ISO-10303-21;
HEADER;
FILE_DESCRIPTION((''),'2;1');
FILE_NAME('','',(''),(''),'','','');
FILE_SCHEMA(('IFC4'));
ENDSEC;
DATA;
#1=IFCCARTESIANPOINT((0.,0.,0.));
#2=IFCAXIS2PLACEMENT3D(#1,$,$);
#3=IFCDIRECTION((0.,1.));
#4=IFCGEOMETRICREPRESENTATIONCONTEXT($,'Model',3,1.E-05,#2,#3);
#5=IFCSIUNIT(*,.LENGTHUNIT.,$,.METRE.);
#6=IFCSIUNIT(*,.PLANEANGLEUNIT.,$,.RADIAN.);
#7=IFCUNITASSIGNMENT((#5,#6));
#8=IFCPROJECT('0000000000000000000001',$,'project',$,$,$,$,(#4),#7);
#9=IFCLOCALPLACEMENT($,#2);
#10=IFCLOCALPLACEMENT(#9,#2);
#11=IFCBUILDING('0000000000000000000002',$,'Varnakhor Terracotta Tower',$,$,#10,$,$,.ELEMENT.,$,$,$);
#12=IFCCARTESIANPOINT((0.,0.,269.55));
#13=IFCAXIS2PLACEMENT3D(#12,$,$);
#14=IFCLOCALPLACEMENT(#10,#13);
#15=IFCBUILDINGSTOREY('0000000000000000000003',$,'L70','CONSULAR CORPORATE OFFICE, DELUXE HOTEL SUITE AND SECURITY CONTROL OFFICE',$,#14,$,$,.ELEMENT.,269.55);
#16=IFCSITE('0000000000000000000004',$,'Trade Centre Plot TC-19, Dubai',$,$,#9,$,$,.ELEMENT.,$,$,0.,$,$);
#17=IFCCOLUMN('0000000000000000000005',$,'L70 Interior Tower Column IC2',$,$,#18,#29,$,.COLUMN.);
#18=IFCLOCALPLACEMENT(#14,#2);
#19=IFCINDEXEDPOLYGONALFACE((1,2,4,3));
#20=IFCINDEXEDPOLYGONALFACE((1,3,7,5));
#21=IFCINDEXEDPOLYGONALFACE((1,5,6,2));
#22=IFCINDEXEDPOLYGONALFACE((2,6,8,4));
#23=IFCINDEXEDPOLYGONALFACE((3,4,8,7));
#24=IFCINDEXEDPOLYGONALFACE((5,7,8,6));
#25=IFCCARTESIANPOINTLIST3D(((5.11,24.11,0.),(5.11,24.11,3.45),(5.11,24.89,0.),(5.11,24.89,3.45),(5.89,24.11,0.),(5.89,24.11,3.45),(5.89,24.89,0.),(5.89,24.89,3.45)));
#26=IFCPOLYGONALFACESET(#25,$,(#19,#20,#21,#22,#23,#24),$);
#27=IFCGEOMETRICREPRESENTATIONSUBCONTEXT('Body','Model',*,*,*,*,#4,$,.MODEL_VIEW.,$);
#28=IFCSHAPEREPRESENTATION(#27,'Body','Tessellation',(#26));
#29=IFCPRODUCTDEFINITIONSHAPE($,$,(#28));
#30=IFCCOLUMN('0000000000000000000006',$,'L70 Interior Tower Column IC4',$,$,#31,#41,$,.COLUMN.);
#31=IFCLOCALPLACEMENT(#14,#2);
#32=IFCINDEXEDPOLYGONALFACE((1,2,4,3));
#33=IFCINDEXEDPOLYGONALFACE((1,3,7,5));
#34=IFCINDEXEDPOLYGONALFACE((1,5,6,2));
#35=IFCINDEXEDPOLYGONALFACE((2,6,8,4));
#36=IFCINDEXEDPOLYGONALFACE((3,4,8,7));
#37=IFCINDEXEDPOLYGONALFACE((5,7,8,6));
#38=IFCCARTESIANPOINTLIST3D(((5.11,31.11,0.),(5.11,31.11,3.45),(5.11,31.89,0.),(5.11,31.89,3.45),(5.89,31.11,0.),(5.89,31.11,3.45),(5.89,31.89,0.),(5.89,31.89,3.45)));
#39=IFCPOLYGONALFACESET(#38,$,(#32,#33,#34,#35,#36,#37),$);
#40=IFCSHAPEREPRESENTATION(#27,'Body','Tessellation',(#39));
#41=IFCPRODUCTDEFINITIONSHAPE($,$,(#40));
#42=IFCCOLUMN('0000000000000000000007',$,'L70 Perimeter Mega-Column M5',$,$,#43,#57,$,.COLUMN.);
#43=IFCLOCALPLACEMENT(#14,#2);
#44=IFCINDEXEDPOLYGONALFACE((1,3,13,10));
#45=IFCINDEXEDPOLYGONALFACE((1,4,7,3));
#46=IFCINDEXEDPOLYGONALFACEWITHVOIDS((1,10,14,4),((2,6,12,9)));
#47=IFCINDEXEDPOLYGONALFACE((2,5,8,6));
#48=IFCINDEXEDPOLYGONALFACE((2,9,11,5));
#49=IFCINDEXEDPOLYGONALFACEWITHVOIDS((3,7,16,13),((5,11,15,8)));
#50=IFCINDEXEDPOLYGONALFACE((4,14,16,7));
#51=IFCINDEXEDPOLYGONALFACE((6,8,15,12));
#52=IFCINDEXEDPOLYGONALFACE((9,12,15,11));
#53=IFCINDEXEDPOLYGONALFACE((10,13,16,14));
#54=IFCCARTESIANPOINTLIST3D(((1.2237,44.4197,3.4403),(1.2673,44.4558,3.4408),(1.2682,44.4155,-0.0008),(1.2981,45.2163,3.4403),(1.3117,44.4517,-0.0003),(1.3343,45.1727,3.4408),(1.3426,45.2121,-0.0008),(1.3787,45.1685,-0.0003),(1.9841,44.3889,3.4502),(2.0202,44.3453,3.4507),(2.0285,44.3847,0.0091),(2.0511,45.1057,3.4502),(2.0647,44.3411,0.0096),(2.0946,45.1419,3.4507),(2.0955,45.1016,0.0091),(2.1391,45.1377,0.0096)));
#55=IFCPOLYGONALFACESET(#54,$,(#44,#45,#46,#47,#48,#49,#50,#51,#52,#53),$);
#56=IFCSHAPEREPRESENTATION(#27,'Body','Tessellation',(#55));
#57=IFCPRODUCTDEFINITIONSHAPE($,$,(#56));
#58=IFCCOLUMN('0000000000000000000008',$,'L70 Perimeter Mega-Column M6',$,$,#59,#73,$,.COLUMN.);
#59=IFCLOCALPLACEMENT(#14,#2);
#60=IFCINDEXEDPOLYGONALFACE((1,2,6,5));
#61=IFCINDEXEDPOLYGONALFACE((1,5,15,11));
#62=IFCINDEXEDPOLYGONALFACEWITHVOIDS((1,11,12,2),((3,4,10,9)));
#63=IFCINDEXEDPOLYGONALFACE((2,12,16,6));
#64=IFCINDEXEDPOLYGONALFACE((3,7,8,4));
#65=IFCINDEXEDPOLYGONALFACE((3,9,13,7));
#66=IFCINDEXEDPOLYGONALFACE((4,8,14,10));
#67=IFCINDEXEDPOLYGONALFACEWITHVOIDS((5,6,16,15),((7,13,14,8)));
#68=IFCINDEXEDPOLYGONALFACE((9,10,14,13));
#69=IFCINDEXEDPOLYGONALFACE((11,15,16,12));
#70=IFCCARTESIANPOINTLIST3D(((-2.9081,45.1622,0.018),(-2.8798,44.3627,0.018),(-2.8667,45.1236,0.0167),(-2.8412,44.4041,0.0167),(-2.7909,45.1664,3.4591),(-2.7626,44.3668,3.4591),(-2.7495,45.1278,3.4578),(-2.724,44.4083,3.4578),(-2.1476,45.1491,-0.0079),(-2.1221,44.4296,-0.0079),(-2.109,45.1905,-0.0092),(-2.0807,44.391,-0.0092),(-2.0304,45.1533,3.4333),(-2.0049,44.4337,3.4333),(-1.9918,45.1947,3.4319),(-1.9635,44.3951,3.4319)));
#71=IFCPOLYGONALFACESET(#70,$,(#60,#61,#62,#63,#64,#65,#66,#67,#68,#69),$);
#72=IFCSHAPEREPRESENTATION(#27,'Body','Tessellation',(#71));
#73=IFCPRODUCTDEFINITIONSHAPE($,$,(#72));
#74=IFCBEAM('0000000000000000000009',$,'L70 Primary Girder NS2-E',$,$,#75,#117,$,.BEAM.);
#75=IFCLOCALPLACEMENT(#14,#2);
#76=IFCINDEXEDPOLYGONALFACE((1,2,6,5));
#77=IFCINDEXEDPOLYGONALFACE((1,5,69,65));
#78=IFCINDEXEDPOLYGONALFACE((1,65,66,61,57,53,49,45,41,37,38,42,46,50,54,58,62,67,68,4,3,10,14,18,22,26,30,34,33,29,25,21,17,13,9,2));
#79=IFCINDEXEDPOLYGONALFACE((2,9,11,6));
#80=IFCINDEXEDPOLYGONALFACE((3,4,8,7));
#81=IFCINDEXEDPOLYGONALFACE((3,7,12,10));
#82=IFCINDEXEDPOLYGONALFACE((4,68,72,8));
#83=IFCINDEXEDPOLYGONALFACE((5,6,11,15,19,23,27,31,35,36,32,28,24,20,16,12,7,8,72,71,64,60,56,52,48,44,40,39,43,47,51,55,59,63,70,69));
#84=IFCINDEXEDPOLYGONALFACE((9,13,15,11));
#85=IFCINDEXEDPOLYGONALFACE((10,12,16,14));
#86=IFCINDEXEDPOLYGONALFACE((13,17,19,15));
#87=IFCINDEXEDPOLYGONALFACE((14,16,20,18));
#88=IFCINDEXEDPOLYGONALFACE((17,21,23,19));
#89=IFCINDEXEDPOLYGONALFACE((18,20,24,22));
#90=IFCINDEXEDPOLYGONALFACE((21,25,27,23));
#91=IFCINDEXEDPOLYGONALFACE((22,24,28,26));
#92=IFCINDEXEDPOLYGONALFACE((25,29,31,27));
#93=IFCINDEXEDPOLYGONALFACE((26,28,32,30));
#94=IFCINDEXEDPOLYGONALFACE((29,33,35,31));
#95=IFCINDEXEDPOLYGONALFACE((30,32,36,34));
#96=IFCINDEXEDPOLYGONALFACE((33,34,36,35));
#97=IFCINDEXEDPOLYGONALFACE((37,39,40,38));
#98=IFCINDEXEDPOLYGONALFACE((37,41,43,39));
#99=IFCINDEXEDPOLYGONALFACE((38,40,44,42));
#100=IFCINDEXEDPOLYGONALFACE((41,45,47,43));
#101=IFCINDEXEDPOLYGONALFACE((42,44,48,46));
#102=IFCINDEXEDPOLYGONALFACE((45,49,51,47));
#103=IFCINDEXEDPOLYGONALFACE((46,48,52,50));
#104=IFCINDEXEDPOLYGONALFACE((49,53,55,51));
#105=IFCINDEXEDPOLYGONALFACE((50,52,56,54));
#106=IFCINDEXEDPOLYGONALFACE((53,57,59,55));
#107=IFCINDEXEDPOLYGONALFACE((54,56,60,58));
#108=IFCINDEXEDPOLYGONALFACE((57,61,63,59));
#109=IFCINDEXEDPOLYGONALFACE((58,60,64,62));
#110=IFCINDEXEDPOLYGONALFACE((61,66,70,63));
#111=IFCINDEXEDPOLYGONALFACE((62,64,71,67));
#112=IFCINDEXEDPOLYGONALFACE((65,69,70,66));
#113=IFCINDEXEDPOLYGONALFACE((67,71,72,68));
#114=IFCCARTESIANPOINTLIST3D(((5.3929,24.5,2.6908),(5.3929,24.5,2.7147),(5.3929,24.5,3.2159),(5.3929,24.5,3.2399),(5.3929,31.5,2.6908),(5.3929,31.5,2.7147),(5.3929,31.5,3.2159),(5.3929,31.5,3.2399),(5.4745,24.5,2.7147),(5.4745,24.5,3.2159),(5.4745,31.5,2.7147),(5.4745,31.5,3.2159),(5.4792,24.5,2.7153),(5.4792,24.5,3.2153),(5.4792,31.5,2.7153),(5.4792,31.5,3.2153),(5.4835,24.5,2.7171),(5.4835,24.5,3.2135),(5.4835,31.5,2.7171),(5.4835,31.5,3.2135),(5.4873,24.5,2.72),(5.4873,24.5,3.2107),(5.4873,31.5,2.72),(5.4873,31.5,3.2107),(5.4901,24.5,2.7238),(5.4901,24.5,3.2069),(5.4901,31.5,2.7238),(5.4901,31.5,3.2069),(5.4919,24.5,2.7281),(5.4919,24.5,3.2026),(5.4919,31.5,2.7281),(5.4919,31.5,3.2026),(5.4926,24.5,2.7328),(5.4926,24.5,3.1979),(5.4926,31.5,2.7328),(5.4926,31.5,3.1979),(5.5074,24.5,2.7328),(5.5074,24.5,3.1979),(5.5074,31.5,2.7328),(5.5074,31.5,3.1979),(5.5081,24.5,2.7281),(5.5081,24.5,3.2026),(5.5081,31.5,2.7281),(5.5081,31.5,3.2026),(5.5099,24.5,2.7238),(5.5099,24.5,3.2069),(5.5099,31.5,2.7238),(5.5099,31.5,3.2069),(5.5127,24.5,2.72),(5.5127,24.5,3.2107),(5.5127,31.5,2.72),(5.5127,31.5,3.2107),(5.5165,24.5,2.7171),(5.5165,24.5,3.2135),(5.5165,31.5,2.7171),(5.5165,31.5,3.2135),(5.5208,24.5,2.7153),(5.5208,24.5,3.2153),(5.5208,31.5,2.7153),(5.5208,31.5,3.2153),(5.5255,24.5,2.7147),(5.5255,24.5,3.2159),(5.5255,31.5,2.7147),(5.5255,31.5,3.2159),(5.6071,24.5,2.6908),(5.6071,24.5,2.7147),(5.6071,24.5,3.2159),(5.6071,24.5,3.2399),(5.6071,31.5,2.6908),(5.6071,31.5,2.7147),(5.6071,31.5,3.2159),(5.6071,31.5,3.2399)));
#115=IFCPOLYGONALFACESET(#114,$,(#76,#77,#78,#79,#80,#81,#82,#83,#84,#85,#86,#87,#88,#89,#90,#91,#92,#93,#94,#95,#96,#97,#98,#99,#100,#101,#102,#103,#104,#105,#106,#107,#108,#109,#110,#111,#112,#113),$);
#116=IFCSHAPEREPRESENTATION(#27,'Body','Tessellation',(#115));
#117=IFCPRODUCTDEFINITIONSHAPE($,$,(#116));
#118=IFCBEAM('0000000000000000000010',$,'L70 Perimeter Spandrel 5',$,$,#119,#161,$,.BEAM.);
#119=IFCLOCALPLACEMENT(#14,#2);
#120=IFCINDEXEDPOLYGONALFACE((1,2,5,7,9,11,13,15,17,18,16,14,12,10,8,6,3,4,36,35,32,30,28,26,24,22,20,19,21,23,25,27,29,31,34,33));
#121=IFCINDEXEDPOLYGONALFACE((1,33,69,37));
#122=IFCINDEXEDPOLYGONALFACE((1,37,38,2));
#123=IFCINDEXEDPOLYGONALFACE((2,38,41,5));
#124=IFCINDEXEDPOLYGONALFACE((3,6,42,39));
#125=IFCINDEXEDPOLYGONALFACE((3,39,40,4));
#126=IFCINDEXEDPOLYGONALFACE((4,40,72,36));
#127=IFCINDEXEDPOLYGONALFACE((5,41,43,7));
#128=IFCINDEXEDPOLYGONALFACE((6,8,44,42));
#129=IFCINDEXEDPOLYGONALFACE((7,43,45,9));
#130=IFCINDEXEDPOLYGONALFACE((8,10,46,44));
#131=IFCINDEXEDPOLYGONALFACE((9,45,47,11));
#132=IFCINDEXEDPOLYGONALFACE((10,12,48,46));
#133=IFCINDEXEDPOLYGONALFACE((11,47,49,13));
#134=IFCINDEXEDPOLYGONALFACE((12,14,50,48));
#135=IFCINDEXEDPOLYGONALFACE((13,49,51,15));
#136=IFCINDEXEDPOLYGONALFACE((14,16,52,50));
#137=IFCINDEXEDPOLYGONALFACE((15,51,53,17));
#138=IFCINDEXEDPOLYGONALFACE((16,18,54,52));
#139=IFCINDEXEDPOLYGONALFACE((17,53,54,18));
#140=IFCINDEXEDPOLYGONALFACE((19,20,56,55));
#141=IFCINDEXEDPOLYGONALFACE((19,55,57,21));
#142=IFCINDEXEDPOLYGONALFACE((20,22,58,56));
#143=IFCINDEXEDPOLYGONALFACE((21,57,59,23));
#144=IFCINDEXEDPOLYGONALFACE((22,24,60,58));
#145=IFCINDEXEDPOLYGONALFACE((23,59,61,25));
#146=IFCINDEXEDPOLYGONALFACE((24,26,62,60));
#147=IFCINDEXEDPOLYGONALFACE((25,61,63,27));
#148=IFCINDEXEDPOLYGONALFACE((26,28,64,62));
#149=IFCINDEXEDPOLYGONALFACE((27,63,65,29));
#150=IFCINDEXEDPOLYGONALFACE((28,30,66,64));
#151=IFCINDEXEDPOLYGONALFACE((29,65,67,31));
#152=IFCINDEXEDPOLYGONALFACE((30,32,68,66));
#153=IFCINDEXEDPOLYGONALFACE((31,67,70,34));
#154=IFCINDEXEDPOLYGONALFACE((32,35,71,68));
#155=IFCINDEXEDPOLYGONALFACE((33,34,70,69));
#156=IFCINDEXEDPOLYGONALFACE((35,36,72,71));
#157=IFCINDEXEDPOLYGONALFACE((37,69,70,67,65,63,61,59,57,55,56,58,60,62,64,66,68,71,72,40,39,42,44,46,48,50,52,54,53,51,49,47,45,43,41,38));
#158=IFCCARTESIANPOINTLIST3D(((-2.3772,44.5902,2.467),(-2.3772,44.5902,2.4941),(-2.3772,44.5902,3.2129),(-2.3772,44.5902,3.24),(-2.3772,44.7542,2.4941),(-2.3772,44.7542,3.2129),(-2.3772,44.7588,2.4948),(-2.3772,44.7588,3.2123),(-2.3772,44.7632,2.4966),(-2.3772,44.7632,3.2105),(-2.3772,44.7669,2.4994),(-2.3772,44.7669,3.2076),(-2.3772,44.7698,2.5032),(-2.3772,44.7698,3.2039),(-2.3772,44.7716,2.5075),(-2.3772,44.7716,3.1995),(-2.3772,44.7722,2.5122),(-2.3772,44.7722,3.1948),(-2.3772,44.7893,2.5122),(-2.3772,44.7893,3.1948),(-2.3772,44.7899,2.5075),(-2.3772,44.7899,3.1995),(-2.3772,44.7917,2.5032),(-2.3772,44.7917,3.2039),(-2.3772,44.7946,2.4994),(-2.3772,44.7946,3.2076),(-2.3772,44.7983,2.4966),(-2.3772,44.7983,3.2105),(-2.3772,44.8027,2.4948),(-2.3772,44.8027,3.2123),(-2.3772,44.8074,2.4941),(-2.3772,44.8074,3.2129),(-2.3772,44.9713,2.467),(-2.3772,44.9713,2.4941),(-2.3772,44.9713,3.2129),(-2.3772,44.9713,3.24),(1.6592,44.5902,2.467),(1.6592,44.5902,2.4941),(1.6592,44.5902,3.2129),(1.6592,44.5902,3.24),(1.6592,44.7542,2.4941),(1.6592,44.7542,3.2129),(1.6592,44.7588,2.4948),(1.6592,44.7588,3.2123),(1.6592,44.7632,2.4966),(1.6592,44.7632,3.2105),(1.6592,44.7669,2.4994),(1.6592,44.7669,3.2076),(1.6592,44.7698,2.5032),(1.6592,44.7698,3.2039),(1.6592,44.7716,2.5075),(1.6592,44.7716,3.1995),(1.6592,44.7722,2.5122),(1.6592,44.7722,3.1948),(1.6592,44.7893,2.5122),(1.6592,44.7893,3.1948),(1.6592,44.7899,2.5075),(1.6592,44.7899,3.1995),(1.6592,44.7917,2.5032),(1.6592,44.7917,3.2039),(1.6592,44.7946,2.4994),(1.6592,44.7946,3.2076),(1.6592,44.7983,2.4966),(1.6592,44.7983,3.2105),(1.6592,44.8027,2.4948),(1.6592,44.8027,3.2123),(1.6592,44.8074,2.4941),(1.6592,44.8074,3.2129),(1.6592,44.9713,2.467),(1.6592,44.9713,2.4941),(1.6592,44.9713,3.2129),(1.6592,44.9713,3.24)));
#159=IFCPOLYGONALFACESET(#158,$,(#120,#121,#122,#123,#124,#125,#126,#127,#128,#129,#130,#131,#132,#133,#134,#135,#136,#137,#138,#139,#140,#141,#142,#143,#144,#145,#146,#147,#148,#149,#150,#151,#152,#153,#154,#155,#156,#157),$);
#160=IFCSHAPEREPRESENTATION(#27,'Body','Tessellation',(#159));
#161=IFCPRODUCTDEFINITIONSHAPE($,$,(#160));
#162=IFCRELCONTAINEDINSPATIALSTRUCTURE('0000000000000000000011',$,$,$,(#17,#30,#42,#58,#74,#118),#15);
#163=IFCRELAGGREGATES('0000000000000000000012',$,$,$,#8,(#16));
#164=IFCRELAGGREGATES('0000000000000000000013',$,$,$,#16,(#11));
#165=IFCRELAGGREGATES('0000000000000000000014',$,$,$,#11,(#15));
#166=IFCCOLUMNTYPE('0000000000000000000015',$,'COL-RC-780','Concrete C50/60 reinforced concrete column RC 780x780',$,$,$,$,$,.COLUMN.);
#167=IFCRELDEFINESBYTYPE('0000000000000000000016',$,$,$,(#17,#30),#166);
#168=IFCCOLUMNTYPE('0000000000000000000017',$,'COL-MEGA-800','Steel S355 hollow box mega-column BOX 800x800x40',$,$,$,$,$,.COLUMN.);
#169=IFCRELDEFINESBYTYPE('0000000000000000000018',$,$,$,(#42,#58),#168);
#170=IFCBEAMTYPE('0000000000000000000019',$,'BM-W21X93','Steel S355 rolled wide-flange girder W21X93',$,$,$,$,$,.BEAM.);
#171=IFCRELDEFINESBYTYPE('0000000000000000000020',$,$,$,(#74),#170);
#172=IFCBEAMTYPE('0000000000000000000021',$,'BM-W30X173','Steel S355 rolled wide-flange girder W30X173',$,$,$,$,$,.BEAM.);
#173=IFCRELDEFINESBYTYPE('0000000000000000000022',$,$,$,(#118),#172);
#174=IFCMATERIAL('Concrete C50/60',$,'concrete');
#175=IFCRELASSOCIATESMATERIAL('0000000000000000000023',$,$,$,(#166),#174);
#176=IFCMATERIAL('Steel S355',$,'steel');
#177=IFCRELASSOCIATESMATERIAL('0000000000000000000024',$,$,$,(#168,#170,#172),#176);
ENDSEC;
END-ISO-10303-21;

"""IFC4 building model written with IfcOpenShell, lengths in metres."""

from ifc_helpers import new_model, si_unit, direction, frame, origin, origin_2d, place, context, subcontext, project, spatial, rectangle, hollow_rectangle, i_section, extrude, source, transform, mapped, material, material_profile, profile_set, type_object, type_shapes, element, save


model = new_model("IFC4")

# Units and contexts
model_context = context("Model", 3, precision=1e-05, world=origin(), true_north=direction((0.0, 1.0)))
body_context = subcontext(model_context, "Body", "Model", "MODEL_VIEW")
ifc_project = project(units=[si_unit("LENGTHUNIT", "METRE"), si_unit("PLANEANGLEUNIT", "RADIAN")], contexts=[model_context])

# Site, building, storey
site_placement = place(None, origin())
site = spatial("IfcSite", under=ifc_project, at=site_placement, Name="Trade Centre Plot TC-19, Dubai", CompositionType="ELEMENT", RefElevation=0.0)
building_placement = place(site_placement, origin())
building = spatial("IfcBuilding", under=site, at=building_placement, Name="Varnakhor Terracotta Tower", CompositionType="ELEMENT")
storey_placement = place(building_placement, frame((0.0, 0.0, 269.55)))
storey = spatial("IfcBuildingStorey", under=building, at=storey_placement, Name="L70", Description="CONSULAR CORPORATE OFFICE, DELUXE HOTEL SUITE AND SECURITY CONTROL OFFICE", CompositionType="ELEMENT", Elevation=269.55)

# Columns
ifc_material_1 = material(Name="Concrete C50/60", Category="concrete")
ifc_material_profile_1 = material_profile(ifc_material_1, rectangle(XDim=0.78, YDim=0.78, at=origin_2d()), Name="RC 780x780")
ifc_profile_set_1 = profile_set([ifc_material_profile_1], Name="Concrete C50/60")
column_type_1 = type_object("IfcColumnType", Name="COL-RC-780", Description="Concrete C50/60 reinforced concrete column RC 780x780", PredefinedType="COLUMN", material=ifc_profile_set_1)
shared_shape_1 = source(origin(), body_context, "Body", "SweptSolid", [
    extrude(rectangle(XDim=0.78, YDim=0.78, at=origin_2d()), origin(), (0.0, 0.0, 1.0), 3.45),
])
for number, where, z_axis, x_axis, name in (
    (1, (5.5, 24.5, 0.0), (0.0, 0.0, 1.0), (1.0, 0.0, 0.0), "L70 Interior Tower Column IC2"),
    (2, (5.5, 31.5, 0.0), (0.0, 0.0, 1.0), (1.0, 0.0, 0.0), "L70 Interior Tower Column IC4"),
):
    element("IfcColumn", number, at=place(storey_placement, frame(where, z_axis=z_axis, x_axis=x_axis)), inside=storey, type_object=column_type_1, Name=name, PredefinedType="COLUMN", context=body_context, shape_type="MappedRepresentation", body=[
        mapped(shared_shape_1, transform((0.0, 0.0, 0.0), scale=1.0)),
    ])
ifc_material_2 = material(Name="Steel S355", Category="steel")
ifc_material_profile_2 = material_profile(ifc_material_2, hollow_rectangle(XDim=0.8, YDim=0.8, WallThickness=0.04, at=origin_2d()), Name="BOX 800x800x40")
ifc_profile_set_2 = profile_set([ifc_material_profile_2], Name="Steel S355")
column_type_2 = type_object("IfcColumnType", Name="COL-MEGA-800", Description="Steel S355 hollow box mega-column BOX 800x800x40", PredefinedType="COLUMN", material=ifc_profile_set_2)
shared_shape_2 = source(origin(), body_context, "Body", "SweptSolid", [
    extrude(hollow_rectangle(XDim=0.8, YDim=0.8, WallThickness=0.04, at=origin_2d()), origin(), (0.0, 0.0, 1.0), 3.4414),
])
type_shapes(column_type_2, [shared_shape_2])
column_1_placement = place(storey_placement, frame((1.7036, 44.7766, 0.0044), z_axis=(-0.012911, 0.001206, 0.999916), x_axis=(-0.093002, -0.995666, 0.0)))
element("IfcColumn", 3, at=column_1_placement, inside=storey, type_object=column_type_2, Name="L70 Perimeter Mega-Column M5", PredefinedType="COLUMN", context=body_context, shape_type="MappedRepresentation", body=[
    mapped(shared_shape_2, transform((0.0, 0.0, 0.0), scale=1.0)),
])
shared_shape_3 = source(origin(), body_context, "Body", "SweptSolid", [
    extrude(hollow_rectangle(XDim=0.8, YDim=0.8, WallThickness=0.04, at=origin_2d()), origin(), (0.0, 0.0, 1.0), 3.4431),
])
column_2_placement = place(storey_placement, frame((-2.4944, 44.7766, 0.0044), z_axis=(0.034035, 0.001205, 0.99942), x_axis=(-0.035394, 0.999373, 0.0)))
element("IfcColumn", 4, at=column_2_placement, inside=storey, type_object=column_type_2, Name="L70 Perimeter Mega-Column M6", PredefinedType="COLUMN", context=body_context, shape_type="MappedRepresentation", body=[
    mapped(shared_shape_3, transform((0.0, 0.0, 0.0), scale=1.0)),
])

# Beams
ifc_material_profile_3 = material_profile(ifc_material_2, i_section(OverallWidth=0.2141, OverallDepth=0.5491, WebThickness=0.0149, FlangeThickness=0.0239, FilletRadius=0.0181, at=origin_2d()), Name="W21X93")
ifc_profile_set_3 = profile_set([ifc_material_profile_3], Name="Steel S355")
beam_type_1 = type_object("IfcBeamType", Name="BM-W21X93", Description="Steel S355 rolled wide-flange girder W21X93", PredefinedType="BEAM", material=ifc_profile_set_3)
shared_shape_4 = source(origin(), body_context, "Body", "SweptSolid", [
    extrude(i_section(OverallWidth=0.2141, OverallDepth=0.5491, WebThickness=0.0149, FlangeThickness=0.0239, FilletRadius=0.0181, at=origin_2d()), origin(), (0.0, 0.0, 1.0), 7.0),
])
beam_1_placement = place(storey_placement, frame((5.5, 24.5, 2.9653), z_axis=(0.0, 1.0, 0.0), x_axis=(-1.0, 0.0, 0.0)))
element("IfcBeam", 5, at=beam_1_placement, inside=storey, type_object=beam_type_1, Name="L70 Primary Girder NS2-E", PredefinedType="BEAM", context=body_context, shape_type="MappedRepresentation", body=[
    mapped(shared_shape_4, transform((0.0, 0.0, 0.0), scale=1.0)),
])
ifc_material_profile_4 = material_profile(ifc_material_2, i_section(OverallWidth=0.3811, OverallDepth=0.7729, WebThickness=0.0171, FlangeThickness=0.0271, FilletRadius=0.0181, at=origin_2d()), Name="W30X173")
ifc_profile_set_4 = profile_set([ifc_material_profile_4], Name="Steel S355")
beam_type_2 = type_object("IfcBeamType", Name="BM-W30X173", Description="Steel S355 rolled wide-flange girder W30X173", PredefinedType="BEAM", material=ifc_profile_set_4)
shared_shape_5 = source(origin(), body_context, "Body", "SweptSolid", [
    extrude(i_section(OverallWidth=0.3811, OverallDepth=0.7729, WebThickness=0.0171, FlangeThickness=0.0271, FilletRadius=0.0181, at=origin_2d()), origin(), (0.0, 0.0, 1.0), 4.0364),
])
beam_2_placement = place(storey_placement, frame((1.6592, 44.7808, 2.8535), z_axis=(-1.0, 0.0, 0.0), x_axis=(0.0, -1.0, 0.0)))
element("IfcBeam", 6, at=beam_2_placement, inside=storey, type_object=beam_type_2, Name="L70 Perimeter Spandrel 5", PredefinedType="BEAM", context=body_context, shape_type="MappedRepresentation", body=[
    mapped(shared_shape_5, transform((0.0, 0.0, 0.0), scale=1.0)),
])

save(model, "model.ifc")
